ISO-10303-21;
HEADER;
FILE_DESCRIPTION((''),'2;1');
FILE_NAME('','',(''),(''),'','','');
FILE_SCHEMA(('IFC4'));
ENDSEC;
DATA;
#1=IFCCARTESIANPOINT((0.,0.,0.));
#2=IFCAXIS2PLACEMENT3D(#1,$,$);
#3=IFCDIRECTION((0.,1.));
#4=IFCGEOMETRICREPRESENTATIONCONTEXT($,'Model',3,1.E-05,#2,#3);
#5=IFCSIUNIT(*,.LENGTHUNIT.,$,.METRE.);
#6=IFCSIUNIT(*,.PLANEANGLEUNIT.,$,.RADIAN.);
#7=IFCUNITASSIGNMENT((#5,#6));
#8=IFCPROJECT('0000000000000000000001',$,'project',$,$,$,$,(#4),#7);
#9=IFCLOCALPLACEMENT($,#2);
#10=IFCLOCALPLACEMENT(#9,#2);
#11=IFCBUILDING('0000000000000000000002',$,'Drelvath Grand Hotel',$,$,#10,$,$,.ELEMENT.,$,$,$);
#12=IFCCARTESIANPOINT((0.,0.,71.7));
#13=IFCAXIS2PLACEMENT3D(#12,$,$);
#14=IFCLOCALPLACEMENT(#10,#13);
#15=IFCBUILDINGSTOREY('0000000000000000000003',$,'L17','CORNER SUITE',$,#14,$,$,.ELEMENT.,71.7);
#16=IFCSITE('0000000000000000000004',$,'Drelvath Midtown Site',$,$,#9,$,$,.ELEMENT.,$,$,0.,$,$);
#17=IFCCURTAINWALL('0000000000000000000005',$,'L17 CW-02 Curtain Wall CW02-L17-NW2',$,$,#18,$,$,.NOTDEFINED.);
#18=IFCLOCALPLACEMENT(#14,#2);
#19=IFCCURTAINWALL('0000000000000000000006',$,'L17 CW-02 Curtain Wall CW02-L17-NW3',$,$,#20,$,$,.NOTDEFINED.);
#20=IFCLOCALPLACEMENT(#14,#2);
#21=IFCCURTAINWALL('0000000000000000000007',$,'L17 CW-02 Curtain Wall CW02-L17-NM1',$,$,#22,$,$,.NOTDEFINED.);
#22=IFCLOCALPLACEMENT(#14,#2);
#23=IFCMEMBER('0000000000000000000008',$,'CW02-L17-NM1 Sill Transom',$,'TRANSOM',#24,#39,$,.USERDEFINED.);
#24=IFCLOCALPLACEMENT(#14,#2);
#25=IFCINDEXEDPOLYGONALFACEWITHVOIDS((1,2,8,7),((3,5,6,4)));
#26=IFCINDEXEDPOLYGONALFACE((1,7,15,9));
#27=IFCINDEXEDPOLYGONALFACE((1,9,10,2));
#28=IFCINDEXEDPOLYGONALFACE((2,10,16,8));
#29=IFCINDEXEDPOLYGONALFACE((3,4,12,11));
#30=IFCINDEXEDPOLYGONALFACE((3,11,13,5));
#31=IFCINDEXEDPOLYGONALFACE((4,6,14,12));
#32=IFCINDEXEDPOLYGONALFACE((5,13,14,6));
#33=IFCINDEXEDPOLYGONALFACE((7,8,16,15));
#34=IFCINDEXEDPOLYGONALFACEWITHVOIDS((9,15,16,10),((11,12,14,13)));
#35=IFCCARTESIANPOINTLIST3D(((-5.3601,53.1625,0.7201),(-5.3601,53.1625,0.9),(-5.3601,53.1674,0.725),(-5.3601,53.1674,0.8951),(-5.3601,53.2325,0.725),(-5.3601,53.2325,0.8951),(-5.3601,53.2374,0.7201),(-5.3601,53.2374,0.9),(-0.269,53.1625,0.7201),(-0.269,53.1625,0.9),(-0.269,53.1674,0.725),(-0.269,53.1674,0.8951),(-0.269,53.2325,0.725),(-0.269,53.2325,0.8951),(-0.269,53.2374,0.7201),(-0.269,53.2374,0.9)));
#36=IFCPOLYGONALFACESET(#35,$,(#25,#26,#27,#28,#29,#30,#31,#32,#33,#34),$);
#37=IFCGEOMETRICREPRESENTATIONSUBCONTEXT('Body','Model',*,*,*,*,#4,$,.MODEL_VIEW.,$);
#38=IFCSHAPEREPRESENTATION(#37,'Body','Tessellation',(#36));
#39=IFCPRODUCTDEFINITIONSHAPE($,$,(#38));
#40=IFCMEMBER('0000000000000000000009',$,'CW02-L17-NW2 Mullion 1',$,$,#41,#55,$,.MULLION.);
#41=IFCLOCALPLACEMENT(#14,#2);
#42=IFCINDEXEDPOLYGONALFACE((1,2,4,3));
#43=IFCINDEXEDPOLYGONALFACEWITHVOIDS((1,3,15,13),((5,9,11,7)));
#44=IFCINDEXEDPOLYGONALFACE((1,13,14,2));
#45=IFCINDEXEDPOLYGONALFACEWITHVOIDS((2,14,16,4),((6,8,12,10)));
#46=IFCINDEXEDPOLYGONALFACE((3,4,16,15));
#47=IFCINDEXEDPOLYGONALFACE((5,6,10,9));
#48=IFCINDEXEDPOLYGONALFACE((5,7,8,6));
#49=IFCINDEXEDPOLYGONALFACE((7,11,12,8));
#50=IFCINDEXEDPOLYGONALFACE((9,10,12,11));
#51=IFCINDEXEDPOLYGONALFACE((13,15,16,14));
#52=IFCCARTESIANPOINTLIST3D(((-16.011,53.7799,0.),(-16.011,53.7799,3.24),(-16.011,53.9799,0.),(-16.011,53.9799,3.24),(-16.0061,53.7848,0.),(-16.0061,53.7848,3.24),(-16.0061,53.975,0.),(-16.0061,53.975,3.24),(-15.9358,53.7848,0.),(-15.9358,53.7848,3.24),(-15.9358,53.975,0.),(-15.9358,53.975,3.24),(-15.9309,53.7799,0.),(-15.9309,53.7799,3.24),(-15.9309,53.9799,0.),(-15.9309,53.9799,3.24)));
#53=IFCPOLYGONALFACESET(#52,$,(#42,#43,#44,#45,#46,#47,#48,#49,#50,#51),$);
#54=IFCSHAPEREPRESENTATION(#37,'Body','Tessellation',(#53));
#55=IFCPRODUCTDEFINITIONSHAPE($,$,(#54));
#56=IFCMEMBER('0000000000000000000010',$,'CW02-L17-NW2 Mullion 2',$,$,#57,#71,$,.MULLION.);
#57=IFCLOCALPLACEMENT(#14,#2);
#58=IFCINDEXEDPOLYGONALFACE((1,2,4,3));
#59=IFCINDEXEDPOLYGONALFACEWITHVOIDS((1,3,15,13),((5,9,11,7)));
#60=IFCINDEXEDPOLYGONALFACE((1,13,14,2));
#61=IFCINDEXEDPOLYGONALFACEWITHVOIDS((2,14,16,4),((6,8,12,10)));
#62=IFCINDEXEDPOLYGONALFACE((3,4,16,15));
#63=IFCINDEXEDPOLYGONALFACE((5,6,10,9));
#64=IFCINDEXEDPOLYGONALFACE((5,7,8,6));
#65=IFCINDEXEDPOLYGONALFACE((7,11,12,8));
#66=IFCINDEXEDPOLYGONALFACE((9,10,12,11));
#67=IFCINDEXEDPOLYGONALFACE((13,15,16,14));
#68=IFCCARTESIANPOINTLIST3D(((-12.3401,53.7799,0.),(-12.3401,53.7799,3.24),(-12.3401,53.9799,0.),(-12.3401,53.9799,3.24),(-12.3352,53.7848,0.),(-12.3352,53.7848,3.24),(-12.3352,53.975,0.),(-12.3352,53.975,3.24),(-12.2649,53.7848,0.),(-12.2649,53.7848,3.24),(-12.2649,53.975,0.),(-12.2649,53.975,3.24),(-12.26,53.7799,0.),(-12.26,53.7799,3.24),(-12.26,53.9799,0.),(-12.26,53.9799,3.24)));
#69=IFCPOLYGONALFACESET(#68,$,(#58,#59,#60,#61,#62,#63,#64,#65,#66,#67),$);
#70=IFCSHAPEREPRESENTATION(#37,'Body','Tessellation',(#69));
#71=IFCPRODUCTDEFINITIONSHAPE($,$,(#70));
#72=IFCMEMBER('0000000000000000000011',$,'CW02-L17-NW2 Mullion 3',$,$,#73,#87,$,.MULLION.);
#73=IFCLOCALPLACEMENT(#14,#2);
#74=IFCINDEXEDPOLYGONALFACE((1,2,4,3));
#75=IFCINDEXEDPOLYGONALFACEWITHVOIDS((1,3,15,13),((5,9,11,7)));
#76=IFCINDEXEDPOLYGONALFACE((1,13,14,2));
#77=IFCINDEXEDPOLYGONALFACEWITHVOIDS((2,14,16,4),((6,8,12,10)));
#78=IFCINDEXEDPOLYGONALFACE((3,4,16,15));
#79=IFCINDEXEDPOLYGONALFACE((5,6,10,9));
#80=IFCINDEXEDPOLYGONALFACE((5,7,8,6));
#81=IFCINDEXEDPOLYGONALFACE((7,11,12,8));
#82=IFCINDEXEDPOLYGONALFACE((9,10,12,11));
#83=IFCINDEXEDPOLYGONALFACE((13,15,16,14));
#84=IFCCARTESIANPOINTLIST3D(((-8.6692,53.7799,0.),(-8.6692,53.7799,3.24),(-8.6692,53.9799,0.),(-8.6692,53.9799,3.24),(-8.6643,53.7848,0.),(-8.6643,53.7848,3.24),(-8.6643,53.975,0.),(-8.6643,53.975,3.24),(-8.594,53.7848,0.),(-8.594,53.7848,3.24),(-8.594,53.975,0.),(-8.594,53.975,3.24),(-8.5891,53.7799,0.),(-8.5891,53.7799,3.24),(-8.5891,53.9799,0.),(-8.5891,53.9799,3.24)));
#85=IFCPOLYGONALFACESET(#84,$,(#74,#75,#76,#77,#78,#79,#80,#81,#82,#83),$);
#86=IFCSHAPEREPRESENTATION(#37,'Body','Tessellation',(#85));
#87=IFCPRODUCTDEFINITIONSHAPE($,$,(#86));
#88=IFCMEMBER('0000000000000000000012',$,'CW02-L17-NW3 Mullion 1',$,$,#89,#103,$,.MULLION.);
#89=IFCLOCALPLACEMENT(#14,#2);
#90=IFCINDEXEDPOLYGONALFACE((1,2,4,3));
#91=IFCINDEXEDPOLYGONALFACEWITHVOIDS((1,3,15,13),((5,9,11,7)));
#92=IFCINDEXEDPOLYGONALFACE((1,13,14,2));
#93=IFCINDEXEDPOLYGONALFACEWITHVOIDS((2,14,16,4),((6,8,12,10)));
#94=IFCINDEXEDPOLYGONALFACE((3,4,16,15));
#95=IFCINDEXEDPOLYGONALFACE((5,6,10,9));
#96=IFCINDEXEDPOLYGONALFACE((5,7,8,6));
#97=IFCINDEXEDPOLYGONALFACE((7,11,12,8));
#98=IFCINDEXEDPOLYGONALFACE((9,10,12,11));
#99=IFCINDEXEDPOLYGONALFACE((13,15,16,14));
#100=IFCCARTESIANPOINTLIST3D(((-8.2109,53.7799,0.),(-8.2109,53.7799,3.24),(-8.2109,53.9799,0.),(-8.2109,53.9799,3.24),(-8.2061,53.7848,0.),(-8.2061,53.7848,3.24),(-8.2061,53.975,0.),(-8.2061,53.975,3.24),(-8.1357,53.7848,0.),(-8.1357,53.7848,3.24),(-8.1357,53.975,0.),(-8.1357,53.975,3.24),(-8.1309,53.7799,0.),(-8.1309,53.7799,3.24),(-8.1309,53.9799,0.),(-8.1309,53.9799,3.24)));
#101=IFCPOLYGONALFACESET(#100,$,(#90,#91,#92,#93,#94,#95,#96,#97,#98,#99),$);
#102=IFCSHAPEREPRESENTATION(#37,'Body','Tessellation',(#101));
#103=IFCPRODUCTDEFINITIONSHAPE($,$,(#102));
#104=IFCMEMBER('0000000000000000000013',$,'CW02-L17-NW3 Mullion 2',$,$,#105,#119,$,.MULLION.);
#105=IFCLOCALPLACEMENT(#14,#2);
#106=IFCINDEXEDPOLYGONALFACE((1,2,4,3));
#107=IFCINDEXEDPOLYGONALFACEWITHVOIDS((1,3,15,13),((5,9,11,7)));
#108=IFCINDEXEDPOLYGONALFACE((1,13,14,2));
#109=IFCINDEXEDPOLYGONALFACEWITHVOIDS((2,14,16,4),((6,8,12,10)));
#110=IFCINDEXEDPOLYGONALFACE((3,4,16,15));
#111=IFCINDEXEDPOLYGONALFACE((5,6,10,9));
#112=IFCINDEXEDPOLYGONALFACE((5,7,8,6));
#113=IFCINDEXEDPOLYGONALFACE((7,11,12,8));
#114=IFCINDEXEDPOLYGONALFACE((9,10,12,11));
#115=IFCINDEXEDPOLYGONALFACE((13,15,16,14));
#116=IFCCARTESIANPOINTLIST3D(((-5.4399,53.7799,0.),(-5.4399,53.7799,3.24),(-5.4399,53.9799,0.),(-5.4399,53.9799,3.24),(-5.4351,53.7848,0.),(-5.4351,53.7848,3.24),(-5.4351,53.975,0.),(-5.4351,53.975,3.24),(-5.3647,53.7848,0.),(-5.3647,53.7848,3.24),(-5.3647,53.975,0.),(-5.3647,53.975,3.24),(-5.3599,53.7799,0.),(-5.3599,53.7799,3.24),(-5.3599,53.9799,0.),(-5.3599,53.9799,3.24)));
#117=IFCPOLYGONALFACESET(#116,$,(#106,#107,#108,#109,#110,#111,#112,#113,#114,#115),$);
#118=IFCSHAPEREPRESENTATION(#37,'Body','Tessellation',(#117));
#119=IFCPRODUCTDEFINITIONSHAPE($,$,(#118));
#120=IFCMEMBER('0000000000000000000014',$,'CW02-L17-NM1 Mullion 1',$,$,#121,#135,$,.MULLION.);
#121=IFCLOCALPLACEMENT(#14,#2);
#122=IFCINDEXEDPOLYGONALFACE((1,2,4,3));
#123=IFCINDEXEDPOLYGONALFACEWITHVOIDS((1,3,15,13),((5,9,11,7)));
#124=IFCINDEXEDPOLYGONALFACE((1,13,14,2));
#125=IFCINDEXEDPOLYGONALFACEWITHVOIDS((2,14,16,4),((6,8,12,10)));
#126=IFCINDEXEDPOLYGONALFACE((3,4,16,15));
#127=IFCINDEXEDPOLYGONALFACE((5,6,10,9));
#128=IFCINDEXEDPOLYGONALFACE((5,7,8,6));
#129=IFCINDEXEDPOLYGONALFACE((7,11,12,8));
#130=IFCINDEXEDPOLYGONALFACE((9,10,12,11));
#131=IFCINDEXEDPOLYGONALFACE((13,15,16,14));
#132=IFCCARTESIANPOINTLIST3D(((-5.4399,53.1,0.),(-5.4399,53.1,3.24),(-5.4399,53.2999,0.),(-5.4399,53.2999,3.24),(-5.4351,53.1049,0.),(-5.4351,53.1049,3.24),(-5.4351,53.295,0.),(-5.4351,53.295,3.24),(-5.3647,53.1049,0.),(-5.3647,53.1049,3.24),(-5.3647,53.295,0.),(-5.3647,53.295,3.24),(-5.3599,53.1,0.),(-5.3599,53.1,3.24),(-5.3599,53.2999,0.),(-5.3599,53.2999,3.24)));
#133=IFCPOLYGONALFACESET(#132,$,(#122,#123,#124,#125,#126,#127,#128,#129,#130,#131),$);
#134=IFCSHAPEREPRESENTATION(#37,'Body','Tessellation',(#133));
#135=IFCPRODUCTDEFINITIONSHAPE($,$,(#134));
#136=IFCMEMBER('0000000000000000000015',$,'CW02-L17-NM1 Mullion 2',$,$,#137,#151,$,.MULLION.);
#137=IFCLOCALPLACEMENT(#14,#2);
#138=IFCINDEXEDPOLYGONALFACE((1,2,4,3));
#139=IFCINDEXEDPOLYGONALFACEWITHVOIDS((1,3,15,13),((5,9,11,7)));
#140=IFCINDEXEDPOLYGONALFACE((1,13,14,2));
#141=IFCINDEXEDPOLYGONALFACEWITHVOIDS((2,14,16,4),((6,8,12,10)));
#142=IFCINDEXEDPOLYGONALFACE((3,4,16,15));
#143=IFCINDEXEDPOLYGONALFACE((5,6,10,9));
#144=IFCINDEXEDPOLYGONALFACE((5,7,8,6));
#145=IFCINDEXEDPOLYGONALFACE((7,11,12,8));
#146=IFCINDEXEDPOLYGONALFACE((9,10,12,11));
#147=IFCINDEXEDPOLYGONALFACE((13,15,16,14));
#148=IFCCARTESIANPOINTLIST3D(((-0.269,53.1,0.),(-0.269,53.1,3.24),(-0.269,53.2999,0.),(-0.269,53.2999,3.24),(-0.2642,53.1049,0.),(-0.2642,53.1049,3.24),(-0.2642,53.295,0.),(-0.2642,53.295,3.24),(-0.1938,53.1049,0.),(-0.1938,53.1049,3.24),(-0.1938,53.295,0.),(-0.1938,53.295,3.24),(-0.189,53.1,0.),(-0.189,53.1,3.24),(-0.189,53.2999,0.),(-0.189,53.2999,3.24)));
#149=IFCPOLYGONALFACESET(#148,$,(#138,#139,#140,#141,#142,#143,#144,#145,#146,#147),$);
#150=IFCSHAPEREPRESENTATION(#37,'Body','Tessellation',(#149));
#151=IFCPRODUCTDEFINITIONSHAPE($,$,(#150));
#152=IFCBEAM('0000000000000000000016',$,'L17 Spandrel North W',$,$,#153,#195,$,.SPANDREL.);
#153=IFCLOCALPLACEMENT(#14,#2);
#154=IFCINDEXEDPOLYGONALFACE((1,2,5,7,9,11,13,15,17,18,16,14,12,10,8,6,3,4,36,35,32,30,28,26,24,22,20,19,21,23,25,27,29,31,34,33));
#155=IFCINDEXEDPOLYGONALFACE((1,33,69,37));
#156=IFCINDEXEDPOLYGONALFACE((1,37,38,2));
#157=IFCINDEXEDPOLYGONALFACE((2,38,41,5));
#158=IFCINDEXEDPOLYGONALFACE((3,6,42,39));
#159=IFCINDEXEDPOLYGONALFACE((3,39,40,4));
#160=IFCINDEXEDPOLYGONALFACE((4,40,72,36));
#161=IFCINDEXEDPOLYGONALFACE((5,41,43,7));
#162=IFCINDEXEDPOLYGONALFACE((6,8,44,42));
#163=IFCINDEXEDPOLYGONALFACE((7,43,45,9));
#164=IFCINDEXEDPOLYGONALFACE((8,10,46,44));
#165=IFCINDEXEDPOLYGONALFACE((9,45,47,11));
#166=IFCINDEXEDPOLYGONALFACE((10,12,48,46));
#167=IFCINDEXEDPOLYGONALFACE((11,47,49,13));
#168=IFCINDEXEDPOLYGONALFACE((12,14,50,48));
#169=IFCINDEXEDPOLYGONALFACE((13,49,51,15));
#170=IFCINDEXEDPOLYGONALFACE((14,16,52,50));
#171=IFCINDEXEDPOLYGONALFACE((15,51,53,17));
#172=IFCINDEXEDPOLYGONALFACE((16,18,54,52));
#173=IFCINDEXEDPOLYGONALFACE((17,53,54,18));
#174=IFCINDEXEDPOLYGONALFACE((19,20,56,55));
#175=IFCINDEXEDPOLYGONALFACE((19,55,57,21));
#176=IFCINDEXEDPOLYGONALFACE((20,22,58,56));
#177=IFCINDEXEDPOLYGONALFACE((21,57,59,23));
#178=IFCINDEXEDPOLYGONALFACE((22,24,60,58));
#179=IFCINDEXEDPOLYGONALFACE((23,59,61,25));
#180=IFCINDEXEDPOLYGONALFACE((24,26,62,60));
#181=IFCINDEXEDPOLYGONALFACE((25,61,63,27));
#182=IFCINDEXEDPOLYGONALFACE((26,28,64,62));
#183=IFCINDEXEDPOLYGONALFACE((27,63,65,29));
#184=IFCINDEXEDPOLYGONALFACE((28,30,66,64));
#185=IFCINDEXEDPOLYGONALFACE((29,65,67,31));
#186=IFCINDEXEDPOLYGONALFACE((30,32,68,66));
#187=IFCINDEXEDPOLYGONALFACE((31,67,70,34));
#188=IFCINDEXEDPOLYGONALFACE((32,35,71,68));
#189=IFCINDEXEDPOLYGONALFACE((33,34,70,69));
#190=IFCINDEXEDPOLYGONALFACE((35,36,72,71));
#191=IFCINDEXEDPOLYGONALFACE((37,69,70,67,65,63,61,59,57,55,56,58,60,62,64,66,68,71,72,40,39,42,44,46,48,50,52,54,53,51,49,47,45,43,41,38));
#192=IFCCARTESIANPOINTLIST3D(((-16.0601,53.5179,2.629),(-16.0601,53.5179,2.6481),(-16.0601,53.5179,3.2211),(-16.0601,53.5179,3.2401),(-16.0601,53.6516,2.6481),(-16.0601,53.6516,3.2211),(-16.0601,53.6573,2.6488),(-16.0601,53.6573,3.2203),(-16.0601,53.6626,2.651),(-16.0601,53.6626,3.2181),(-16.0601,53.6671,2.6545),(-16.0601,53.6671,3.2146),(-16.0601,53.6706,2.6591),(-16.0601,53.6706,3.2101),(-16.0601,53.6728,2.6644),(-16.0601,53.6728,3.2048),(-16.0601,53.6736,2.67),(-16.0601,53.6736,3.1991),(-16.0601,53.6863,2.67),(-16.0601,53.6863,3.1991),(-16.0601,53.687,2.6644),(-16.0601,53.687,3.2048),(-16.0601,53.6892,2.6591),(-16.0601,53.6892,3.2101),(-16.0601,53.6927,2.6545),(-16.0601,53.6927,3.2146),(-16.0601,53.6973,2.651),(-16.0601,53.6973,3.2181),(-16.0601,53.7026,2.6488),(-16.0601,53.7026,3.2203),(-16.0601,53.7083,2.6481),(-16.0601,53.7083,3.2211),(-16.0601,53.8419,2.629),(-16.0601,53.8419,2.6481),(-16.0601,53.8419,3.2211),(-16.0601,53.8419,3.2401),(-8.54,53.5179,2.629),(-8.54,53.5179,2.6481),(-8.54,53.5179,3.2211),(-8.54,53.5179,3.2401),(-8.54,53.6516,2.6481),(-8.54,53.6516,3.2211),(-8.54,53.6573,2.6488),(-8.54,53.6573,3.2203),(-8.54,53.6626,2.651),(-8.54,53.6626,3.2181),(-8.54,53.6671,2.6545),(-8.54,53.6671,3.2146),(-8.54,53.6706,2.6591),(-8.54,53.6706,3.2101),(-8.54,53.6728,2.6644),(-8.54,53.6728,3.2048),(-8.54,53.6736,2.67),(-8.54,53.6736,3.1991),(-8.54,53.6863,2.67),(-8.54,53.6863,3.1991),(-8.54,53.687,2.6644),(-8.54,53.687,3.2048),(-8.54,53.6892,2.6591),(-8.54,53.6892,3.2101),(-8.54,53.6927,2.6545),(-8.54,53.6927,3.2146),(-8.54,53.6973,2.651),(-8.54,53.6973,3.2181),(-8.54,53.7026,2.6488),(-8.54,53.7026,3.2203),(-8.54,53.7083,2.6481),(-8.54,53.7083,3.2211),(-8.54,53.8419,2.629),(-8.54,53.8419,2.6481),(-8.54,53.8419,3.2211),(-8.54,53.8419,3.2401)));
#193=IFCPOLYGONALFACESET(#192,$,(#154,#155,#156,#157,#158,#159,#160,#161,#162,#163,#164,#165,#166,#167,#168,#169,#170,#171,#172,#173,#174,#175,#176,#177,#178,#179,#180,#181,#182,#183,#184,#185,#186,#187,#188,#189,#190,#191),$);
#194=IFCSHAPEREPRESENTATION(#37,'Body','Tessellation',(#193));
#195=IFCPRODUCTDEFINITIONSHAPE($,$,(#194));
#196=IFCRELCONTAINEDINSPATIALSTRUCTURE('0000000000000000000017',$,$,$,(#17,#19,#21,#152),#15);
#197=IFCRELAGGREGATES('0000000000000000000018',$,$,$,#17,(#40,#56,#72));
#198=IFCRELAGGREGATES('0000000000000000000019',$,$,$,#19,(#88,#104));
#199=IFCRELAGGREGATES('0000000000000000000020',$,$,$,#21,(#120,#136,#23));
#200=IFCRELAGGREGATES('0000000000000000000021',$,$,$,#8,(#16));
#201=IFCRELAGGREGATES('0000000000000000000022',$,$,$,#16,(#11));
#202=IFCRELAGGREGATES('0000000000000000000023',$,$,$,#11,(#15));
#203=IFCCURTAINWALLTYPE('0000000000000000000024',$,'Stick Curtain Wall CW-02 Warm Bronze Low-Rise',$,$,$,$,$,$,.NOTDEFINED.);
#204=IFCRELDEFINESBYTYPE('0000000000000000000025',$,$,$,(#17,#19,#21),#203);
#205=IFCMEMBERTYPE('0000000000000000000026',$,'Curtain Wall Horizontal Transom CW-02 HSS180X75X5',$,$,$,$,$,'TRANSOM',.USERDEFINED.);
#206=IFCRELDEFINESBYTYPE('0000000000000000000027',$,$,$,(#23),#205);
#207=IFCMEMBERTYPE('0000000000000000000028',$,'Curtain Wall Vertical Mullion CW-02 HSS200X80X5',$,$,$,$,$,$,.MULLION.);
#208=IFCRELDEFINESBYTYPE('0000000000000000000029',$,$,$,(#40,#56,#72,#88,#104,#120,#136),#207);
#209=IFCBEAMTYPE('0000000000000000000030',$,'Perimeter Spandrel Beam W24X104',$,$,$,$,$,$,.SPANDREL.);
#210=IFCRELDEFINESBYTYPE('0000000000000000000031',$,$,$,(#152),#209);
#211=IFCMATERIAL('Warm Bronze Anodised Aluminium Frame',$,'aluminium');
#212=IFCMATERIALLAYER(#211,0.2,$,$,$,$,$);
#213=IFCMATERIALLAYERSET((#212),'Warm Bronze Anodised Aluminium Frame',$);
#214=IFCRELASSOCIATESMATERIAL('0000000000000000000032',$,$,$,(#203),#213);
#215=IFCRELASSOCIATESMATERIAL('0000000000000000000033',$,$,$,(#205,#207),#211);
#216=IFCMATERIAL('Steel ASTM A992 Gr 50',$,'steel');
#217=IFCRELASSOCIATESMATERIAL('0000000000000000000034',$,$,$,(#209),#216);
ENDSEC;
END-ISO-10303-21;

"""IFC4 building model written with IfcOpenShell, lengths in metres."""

from ifc_helpers import new_model, si_unit, direction, frame, origin, origin_2d, place, context, subcontext, project, spatial, hollow_rectangle, i_section, extrude, material, layer, layer_set, material_profile, profile_set, type_object, element, aggregate, save


model = new_model("IFC4")

# Units and contexts
model_context = context("Model", 3, precision=1e-05, world=origin(), true_north=direction((0.0, 1.0)))
body_context = subcontext(model_context, "Body", "Model", "MODEL_VIEW")
ifc_project = project(units=[si_unit("LENGTHUNIT", "METRE"), si_unit("PLANEANGLEUNIT", "RADIAN")], contexts=[model_context])

# Site, building, storey
site_placement = place(None, origin())
site = spatial("IfcSite", under=ifc_project, at=site_placement, Name="Drelvath Midtown Site", CompositionType="ELEMENT", RefElevation=0.0)
building_placement = place(site_placement, origin())
building = spatial("IfcBuilding", under=site, at=building_placement, Name="Drelvath Grand Hotel", CompositionType="ELEMENT")
storey_placement = place(building_placement, frame((0.0, 0.0, 71.7)))
storey = spatial("IfcBuildingStorey", under=building, at=storey_placement, Name="L17", Description="CORNER SUITE", CompositionType="ELEMENT", Elevation=71.7)

# Curtain walls, member
ifc_material_1 = material(Name="Warm Bronze Anodised Aluminium Frame", Category="aluminium")
ifc_layer_1 = layer(ifc_material_1, 0.2)
ifc_layer_set_1 = layer_set([ifc_layer_1], Name="Warm Bronze Anodised Aluminium Frame")
curtain_wall_type = type_object("IfcCurtainWallType", Name="Stick Curtain Wall CW-02 Warm Bronze Low-Rise", PredefinedType="NOTDEFINED", material=ifc_layer_set_1)
curtain_wall_1_placement = place(storey_placement, origin())
curtain_wall_1 = element("IfcCurtainWall", 1, at=curtain_wall_1_placement, inside=storey, type_object=curtain_wall_type, Name="L17 CW-02 Curtain Wall CW02-L17-NW2", PredefinedType="NOTDEFINED")
ifc_material_profile_1 = material_profile(ifc_material_1, hollow_rectangle(XDim=0.075, YDim=0.1799, WallThickness=0.0049, at=origin_2d()), Name="HSS180X75X5")
ifc_profile_set_1 = profile_set([ifc_material_profile_1], Name="Warm Bronze Anodised Aluminium Frame")
member_type_1 = type_object("IfcMemberType", Name="Curtain Wall Horizontal Transom CW-02 HSS180X75X5", ElementType="TRANSOM", PredefinedType="USERDEFINED", material=ifc_profile_set_1)
curtain_wall_2_placement = place(storey_placement, origin())
curtain_wall_2 = element("IfcCurtainWall", 2, at=curtain_wall_2_placement, inside=storey, type_object=curtain_wall_type, Name="L17 CW-02 Curtain Wall CW02-L17-NW3", PredefinedType="NOTDEFINED")
curtain_wall_3_placement = place(storey_placement, origin())
curtain_wall_3 = element("IfcCurtainWall", 3, at=curtain_wall_3_placement, inside=storey, type_object=curtain_wall_type, Name="L17 CW-02 Curtain Wall CW02-L17-NM1", PredefinedType="NOTDEFINED")
member_1_placement = place(storey_placement, frame((-5.3601, 53.2, 0.8101), z_axis=(1.0, 0.0, 0.0), x_axis=(0.0, 1.0, 0.0)))
member_1 = element("IfcMember", 4, at=member_1_placement, type_object=member_type_1, Name="CW02-L17-NM1 Sill Transom", ObjectType="TRANSOM", PredefinedType="USERDEFINED", context=body_context, shape_type="SweptSolid", body=[
    extrude(hollow_rectangle(XDim=0.075, YDim=0.1799, WallThickness=0.0049, at=origin_2d()), origin(), (0.0, 0.0, 1.0), 5.0911),
])

# Members
ifc_material_profile_2 = material_profile(ifc_material_1, hollow_rectangle(XDim=0.0801, YDim=0.2, WallThickness=0.0049, at=origin_2d()), Name="HSS200X80X5")
ifc_profile_set_2 = profile_set([ifc_material_profile_2], Name="Warm Bronze Anodised Aluminium Frame")
member_type_2 = type_object("IfcMemberType", Name="Curtain Wall Vertical Mullion CW-02 HSS200X80X5", PredefinedType="MULLION", material=ifc_profile_set_2)
member_2_placement = place(storey_placement, frame((-15.9709, 53.8799, 0.0), z_axis=(0.0, 0.0, 1.0), x_axis=(1.0, 0.0, 0.0)))
member_2 = element("IfcMember", 5, at=member_2_placement, type_object=member_type_2, Name="CW02-L17-NW2 Mullion 1", PredefinedType="MULLION", context=body_context, shape_type="SweptSolid", body=[
    extrude(hollow_rectangle(XDim=0.0801, YDim=0.2, WallThickness=0.0049, at=origin_2d()), origin(), (0.0, 0.0, 1.0), 3.24),
])
member_3_placement = place(storey_placement, frame((-12.3, 53.8799, 0.0), z_axis=(0.0, 0.0, 1.0), x_axis=(1.0, 0.0, 0.0)))
member_3 = element("IfcMember", 6, at=member_3_placement, type_object=member_type_2, Name="CW02-L17-NW2 Mullion 2", PredefinedType="MULLION", context=body_context, shape_type="SweptSolid", body=[
    extrude(hollow_rectangle(XDim=0.0801, YDim=0.2, WallThickness=0.0049, at=origin_2d()), origin(), (0.0, 0.0, 1.0), 3.24),
])
member_4_placement = place(storey_placement, frame((-8.6292, 53.8799, 0.0), z_axis=(0.0, 0.0, 1.0), x_axis=(1.0, 0.0, 0.0)))
member_4 = element("IfcMember", 7, at=member_4_placement, type_object=member_type_2, Name="CW02-L17-NW2 Mullion 3", PredefinedType="MULLION", context=body_context, shape_type="SweptSolid", body=[
    extrude(hollow_rectangle(XDim=0.0801, YDim=0.2, WallThickness=0.0049, at=origin_2d()), origin(), (0.0, 0.0, 1.0), 3.24),
])
member_5_placement = place(storey_placement, frame((-8.1709, 53.8799, 0.0), z_axis=(0.0, 0.0, 1.0), x_axis=(1.0, 0.0, 0.0)))
member_5 = element("IfcMember", 8, at=member_5_placement, type_object=member_type_2, Name="CW02-L17-NW3 Mullion 1", PredefinedType="MULLION", context=body_context, shape_type="SweptSolid", body=[
    extrude(hollow_rectangle(XDim=0.0801, YDim=0.2, WallThickness=0.0049, at=origin_2d()), origin(), (0.0, 0.0, 1.0), 3.24),
])
member_6_placement = place(storey_placement, frame((-5.3999, 53.8799, 0.0), z_axis=(0.0, 0.0, 1.0), x_axis=(1.0, 0.0, 0.0)))
member_6 = element("IfcMember", 9, at=member_6_placement, type_object=member_type_2, Name="CW02-L17-NW3 Mullion 2", PredefinedType="MULLION", context=body_context, shape_type="SweptSolid", body=[
    extrude(hollow_rectangle(XDim=0.0801, YDim=0.2, WallThickness=0.0049, at=origin_2d()), origin(), (0.0, 0.0, 1.0), 3.24),
])
member_7_placement = place(storey_placement, frame((-5.3999, 53.2, 0.0), z_axis=(0.0, 0.0, 1.0), x_axis=(1.0, 0.0, 0.0)))
member_7 = element("IfcMember", 10, at=member_7_placement, type_object=member_type_2, Name="CW02-L17-NM1 Mullion 1", PredefinedType="MULLION", context=body_context, shape_type="SweptSolid", body=[
    extrude(hollow_rectangle(XDim=0.0801, YDim=0.2, WallThickness=0.0049, at=origin_2d()), origin(), (0.0, 0.0, 1.0), 3.24),
])
member_8_placement = place(storey_placement, frame((-0.229, 53.2, 0.0), z_axis=(0.0, 0.0, 1.0), x_axis=(1.0, 0.0, 0.0)))
member_8 = element("IfcMember", 11, at=member_8_placement, type_object=member_type_2, Name="CW02-L17-NM1 Mullion 2", PredefinedType="MULLION", context=body_context, shape_type="SweptSolid", body=[
    extrude(hollow_rectangle(XDim=0.0801, YDim=0.2, WallThickness=0.0049, at=origin_2d()), origin(), (0.0, 0.0, 1.0), 3.24),
])

# Beam
ifc_material_2 = material(Name="Steel ASTM A992 Gr 50", Category="steel")
ifc_material_profile_3 = material_profile(ifc_material_2, i_section(OverallWidth=0.324, OverallDepth=0.6111, WebThickness=0.0127, FlangeThickness=0.019, FilletRadius=0.022, at=origin_2d()), Name="W24X104")
ifc_profile_set_3 = profile_set([ifc_material_profile_3], Name="Steel ASTM A992 Gr 50")
beam_type_1 = type_object("IfcBeamType", Name="Perimeter Spandrel Beam W24X104", PredefinedType="SPANDREL", material=ifc_profile_set_3)
beam_1_placement = place(storey_placement, frame((-16.0601, 53.6799, 2.9346), z_axis=(1.0, 0.0, 0.0), x_axis=(0.0, 1.0, 0.0)))
element("IfcBeam", 12, at=beam_1_placement, inside=storey, type_object=beam_type_1, Name="L17 Spandrel North W", PredefinedType="SPANDREL", context=body_context, shape_type="SweptSolid", body=[
    extrude(i_section(OverallWidth=0.324, OverallDepth=0.6111, WebThickness=0.0127, FlangeThickness=0.019, FilletRadius=0.022, at=origin_2d()), origin(), (0.0, 0.0, 1.0), 7.52),
])

aggregate(curtain_wall_1, [member_2, member_3, member_4])
aggregate(curtain_wall_2, [member_5, member_6])
aggregate(curtain_wall_3, [member_7, member_8, member_1])

save(model, "model.ifc")
